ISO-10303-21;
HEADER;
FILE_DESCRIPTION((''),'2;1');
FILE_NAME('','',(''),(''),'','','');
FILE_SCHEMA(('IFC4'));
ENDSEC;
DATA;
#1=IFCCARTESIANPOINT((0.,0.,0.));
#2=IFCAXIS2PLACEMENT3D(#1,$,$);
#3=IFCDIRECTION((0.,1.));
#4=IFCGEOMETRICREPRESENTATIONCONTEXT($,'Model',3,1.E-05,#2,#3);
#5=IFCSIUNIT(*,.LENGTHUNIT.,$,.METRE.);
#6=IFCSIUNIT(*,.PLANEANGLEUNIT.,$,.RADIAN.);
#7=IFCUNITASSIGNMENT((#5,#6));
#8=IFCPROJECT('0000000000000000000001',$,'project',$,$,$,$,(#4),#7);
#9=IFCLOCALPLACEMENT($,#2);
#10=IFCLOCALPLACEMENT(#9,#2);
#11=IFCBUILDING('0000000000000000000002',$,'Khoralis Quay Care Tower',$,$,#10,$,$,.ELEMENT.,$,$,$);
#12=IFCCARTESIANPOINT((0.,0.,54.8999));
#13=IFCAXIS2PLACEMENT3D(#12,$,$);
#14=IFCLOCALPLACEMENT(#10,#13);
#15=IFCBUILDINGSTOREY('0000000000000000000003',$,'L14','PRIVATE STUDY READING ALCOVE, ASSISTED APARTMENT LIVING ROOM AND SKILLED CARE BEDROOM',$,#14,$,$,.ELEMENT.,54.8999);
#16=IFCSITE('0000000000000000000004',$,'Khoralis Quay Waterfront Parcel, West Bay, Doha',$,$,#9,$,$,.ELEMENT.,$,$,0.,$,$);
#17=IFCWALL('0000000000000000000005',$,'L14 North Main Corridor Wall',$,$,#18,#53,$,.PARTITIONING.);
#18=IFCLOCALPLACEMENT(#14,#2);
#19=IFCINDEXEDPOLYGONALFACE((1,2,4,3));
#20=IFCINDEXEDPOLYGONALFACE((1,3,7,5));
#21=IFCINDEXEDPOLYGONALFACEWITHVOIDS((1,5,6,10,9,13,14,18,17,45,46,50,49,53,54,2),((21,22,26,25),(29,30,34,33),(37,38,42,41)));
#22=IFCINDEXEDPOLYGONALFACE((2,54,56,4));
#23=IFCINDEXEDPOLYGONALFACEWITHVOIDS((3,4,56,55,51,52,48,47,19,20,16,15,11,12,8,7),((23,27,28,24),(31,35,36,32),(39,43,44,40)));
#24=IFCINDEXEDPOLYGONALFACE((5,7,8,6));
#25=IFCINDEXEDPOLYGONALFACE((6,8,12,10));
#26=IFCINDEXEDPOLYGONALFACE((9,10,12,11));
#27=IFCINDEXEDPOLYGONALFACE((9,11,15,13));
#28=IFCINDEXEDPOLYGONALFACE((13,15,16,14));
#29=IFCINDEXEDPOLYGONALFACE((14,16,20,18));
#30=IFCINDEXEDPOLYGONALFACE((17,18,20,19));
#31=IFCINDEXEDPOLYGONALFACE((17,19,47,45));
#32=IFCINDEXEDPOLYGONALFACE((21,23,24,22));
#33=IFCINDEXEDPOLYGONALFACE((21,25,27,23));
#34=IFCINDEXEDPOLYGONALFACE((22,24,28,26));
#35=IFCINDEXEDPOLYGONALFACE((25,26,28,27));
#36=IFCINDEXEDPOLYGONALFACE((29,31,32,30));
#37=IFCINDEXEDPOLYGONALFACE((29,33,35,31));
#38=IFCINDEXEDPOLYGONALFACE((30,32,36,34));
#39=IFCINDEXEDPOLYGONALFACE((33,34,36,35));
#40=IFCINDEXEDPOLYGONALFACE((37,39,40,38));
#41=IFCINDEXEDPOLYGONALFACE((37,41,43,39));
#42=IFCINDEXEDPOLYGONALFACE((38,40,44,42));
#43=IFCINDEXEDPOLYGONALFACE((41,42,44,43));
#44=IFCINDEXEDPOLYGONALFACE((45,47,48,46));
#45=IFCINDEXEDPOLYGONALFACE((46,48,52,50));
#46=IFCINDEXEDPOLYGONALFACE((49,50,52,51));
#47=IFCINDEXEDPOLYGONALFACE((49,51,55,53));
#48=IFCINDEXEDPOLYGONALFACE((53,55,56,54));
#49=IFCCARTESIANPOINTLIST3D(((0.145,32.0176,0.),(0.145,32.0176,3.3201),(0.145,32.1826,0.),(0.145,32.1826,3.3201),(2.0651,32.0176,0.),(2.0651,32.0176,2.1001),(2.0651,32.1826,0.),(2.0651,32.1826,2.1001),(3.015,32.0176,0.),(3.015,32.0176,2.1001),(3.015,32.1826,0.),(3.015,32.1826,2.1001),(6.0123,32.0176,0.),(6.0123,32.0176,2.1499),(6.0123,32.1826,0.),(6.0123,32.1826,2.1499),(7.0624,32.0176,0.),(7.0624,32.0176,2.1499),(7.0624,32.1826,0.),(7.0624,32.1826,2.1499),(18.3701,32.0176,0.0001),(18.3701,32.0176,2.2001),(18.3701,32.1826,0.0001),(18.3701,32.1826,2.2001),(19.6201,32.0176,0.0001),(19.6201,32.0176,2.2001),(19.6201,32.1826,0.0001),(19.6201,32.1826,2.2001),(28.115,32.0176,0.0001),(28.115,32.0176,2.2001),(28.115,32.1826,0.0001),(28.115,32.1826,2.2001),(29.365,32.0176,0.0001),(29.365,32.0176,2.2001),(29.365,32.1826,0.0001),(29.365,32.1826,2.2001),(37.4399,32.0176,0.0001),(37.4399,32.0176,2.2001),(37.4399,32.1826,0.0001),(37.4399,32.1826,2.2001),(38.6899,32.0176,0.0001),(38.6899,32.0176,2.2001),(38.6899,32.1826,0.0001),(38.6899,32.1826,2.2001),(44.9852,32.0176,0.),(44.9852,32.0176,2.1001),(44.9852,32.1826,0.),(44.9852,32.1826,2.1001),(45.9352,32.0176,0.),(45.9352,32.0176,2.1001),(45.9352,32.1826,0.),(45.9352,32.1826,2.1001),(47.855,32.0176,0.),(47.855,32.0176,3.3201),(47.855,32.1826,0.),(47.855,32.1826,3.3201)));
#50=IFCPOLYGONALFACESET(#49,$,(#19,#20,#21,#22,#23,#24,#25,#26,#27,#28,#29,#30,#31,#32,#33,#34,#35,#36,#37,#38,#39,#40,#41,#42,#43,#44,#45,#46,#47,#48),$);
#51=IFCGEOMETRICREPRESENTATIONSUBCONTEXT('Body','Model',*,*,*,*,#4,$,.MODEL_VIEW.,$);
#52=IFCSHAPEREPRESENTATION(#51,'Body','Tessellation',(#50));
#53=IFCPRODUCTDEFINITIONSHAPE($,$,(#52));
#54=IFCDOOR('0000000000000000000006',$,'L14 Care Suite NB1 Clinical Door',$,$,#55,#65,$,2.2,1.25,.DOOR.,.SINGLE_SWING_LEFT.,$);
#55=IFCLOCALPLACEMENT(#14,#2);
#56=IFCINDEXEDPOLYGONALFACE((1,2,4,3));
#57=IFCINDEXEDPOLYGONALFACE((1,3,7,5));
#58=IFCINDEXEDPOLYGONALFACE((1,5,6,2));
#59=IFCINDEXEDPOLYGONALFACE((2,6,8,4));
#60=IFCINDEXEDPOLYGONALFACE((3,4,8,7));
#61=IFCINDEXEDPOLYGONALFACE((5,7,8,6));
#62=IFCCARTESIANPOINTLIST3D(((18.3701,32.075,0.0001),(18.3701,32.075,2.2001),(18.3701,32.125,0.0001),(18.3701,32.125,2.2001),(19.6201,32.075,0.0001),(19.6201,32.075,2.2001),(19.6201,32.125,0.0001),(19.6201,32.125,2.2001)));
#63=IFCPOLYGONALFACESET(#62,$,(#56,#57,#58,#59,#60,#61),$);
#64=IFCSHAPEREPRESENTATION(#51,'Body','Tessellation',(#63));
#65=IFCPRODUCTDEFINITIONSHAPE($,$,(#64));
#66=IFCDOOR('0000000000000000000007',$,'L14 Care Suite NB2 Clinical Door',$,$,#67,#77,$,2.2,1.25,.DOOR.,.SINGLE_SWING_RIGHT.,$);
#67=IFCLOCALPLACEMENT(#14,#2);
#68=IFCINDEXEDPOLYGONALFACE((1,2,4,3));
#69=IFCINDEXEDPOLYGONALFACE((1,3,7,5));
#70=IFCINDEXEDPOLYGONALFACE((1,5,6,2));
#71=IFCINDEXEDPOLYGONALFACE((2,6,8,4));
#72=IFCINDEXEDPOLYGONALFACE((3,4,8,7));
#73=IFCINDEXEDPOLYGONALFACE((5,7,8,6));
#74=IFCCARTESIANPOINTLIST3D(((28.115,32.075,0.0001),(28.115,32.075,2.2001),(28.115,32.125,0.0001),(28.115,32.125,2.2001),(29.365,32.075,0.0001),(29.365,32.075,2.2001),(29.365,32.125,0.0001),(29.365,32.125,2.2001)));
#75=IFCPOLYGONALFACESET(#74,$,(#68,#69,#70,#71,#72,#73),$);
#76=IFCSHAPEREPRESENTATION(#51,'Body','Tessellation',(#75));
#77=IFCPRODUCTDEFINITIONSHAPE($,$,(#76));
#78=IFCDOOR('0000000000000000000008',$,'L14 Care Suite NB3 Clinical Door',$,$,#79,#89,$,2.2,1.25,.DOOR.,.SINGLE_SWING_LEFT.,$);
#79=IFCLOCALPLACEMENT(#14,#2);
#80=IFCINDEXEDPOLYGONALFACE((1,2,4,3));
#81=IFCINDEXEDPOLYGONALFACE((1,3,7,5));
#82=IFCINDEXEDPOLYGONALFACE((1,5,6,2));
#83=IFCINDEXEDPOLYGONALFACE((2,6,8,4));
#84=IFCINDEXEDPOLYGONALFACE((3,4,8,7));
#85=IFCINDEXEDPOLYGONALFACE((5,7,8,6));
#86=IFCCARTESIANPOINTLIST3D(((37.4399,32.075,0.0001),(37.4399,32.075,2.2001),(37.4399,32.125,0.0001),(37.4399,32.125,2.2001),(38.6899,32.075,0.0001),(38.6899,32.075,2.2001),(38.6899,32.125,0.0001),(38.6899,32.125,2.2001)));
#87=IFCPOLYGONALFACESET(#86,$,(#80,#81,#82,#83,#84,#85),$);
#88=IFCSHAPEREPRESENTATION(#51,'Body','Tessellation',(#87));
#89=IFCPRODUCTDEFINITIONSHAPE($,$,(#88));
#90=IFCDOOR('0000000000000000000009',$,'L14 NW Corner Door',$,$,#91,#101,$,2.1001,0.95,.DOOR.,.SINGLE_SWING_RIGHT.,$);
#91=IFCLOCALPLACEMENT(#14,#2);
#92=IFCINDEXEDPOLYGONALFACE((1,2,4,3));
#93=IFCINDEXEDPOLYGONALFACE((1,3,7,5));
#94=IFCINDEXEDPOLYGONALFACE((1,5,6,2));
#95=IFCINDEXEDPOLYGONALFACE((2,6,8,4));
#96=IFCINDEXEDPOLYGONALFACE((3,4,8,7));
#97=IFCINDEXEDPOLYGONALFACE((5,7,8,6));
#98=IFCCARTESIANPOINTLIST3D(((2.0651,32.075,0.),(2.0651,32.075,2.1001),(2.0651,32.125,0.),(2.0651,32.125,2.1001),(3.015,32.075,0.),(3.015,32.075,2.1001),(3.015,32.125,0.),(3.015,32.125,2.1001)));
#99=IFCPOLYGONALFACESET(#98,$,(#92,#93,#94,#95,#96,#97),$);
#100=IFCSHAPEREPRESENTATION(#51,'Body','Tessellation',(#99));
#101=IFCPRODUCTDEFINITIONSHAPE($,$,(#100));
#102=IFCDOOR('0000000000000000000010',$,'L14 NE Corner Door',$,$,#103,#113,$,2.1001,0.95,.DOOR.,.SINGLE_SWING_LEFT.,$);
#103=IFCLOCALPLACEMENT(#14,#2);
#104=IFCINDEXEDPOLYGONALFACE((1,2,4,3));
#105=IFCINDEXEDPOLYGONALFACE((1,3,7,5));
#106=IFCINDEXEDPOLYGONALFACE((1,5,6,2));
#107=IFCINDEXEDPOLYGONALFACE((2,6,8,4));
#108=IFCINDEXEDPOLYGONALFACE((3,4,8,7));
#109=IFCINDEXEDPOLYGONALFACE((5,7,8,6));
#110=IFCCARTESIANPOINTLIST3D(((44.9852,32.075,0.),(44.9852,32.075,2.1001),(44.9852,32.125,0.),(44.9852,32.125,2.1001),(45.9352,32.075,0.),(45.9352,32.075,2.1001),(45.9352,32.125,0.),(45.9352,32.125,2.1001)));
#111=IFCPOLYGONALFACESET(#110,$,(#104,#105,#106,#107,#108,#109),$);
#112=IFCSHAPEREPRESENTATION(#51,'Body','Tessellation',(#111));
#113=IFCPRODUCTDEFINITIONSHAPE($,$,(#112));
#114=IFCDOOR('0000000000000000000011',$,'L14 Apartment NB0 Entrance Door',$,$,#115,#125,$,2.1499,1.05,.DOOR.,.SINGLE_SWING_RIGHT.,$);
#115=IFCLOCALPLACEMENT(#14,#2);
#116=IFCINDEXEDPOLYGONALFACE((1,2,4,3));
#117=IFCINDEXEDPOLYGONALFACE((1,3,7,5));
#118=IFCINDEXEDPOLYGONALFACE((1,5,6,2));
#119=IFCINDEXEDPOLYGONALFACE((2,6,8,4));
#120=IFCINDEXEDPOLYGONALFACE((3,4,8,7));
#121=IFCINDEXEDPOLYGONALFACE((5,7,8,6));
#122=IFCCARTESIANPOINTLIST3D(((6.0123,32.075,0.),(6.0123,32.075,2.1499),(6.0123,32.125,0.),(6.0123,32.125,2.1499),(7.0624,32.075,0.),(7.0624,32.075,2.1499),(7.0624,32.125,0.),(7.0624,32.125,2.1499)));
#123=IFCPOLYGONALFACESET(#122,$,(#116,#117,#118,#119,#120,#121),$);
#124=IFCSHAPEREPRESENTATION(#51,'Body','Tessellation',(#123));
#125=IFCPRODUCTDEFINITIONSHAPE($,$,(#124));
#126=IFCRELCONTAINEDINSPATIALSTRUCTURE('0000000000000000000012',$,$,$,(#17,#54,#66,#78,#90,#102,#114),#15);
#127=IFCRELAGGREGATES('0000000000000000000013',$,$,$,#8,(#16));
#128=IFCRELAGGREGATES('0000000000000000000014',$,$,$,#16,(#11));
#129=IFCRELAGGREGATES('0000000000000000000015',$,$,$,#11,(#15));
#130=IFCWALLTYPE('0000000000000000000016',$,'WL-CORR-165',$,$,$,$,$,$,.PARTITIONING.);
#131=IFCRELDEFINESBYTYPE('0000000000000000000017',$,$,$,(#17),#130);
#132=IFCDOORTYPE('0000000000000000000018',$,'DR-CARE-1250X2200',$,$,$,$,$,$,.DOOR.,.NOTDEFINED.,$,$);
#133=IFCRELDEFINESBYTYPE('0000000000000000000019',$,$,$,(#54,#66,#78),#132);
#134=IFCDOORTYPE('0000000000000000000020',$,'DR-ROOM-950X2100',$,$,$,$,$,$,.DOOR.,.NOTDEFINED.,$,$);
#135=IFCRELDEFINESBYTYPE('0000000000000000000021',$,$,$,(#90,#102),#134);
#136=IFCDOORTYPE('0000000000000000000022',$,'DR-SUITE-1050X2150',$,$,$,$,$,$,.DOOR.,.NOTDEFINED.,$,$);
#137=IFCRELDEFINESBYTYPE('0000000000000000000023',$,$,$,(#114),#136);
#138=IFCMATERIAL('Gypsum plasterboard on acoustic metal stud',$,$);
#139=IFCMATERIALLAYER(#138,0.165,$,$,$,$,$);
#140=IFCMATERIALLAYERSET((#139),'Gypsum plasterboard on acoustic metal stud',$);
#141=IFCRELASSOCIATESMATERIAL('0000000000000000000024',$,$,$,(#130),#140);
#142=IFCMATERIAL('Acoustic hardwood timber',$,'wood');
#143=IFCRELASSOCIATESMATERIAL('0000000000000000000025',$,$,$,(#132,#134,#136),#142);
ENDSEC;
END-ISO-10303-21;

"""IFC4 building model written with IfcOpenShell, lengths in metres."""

from ifc_helpers import new_model, si_unit, direction, frame, frame_2d, origin, place, context, subcontext, project, spatial, rectangle, extrude, source, transform, mapped, material, layer, layer_set, type_object, element, fill, save


model = new_model("IFC4")

# Units and contexts
model_context = context("Model", 3, precision=1e-05, world=origin(), true_north=direction((0.0, 1.0)))
body_context = subcontext(model_context, "Body", "Model", "MODEL_VIEW")
ifc_project = project(units=[si_unit("LENGTHUNIT", "METRE"), si_unit("PLANEANGLEUNIT", "RADIAN")], contexts=[model_context])

# Site, building, storey
site_placement = place(None, origin())
site = spatial("IfcSite", under=ifc_project, at=site_placement, Name="Khoralis Quay Waterfront Parcel, West Bay, Doha", CompositionType="ELEMENT", RefElevation=0.0)
building_placement = place(site_placement, origin())
building = spatial("IfcBuilding", under=site, at=building_placement, Name="Khoralis Quay Care Tower", CompositionType="ELEMENT")
storey_placement = place(building_placement, frame((0.0, 0.0, 54.8999)))
storey = spatial("IfcBuildingStorey", under=building, at=storey_placement, Name="L14", Description="PRIVATE STUDY READING ALCOVE, ASSISTED APARTMENT LIVING ROOM AND SKILLED CARE BEDROOM", CompositionType="ELEMENT", Elevation=54.8999)

# Wall, openings, doors
ifc_material_1 = material(Name="Gypsum plasterboard on acoustic metal stud")
ifc_layer_1 = layer(ifc_material_1, 0.165)
ifc_layer_set_1 = layer_set([ifc_layer_1], Name="Gypsum plasterboard on acoustic metal stud")
wall_type_1 = type_object("IfcWallType", Name="WL-CORR-165", PredefinedType="PARTITIONING", material=ifc_layer_set_1)
wall_1_placement = place(storey_placement, frame((0.145, 32.1001, 0.0), z_axis=(0.0, 0.0, 1.0), x_axis=(1.0, 0.0, 0.0)))
wall_1 = element("IfcWall", 1, at=wall_1_placement, inside=storey, type_object=wall_type_1, Name="L14 North Main Corridor Wall", PredefinedType="PARTITIONING", context=body_context, shape_type="SweptSolid", body=[
    extrude(rectangle(XDim=47.71, YDim=0.165, at=frame_2d((23.855, 0.0))), origin(), (0.0, 0.0, 1.0), 3.3201),
])
opening_1_placement = place(wall_1_placement, frame((5.8674, 0.0, 0.0)))
opening_1 = element("IfcOpeningElement", 2, at=opening_1_placement, cuts=wall_1, PredefinedType="OPENING", context=body_context, shape_type="SweptSolid", body=[
    extrude(rectangle(XDim=1.05, YDim=2.1499, at=frame_2d((0.5249, 1.075))), frame((0.0, 0.0925, 0.0), z_axis=(0.0, -1.0, 0.0), x_axis=(1.0, 0.0, 0.0)), (0.0, 0.0, 1.0), 0.1851),
])
opening_2_placement = place(wall_1_placement, frame((18.2251, 0.0, 0.0)))
opening_2 = element("IfcOpeningElement", 3, at=opening_2_placement, cuts=wall_1, PredefinedType="OPENING", context=body_context, shape_type="SweptSolid", body=[
    extrude(rectangle(XDim=1.25, YDim=2.2, at=frame_2d((0.625, 1.1001))), frame((0.0, 0.0925, 0.0), z_axis=(0.0, -1.0, 0.0), x_axis=(1.0, 0.0, 0.0)), (0.0, 0.0, 1.0), 0.1851),
])
opening_3_placement = place(wall_1_placement, frame((27.97, 0.0, 0.0)))
opening_3 = element("IfcOpeningElement", 4, at=opening_3_placement, cuts=wall_1, PredefinedType="OPENING", context=body_context, shape_type="SweptSolid", body=[
    extrude(rectangle(XDim=1.25, YDim=2.2, at=frame_2d((0.625, 1.1001))), frame((0.0, 0.0925, 0.0), z_axis=(0.0, -1.0, 0.0), x_axis=(1.0, 0.0, 0.0)), (0.0, 0.0, 1.0), 0.1851),
])
opening_4_placement = place(wall_1_placement, frame((37.2949, 0.0, 0.0)))
opening_4 = element("IfcOpeningElement", 5, at=opening_4_placement, cuts=wall_1, PredefinedType="OPENING", context=body_context, shape_type="SweptSolid", body=[
    extrude(rectangle(XDim=1.25, YDim=2.2, at=frame_2d((0.625, 1.1001))), frame((0.0, 0.0925, 0.0), z_axis=(0.0, -1.0, 0.0), x_axis=(1.0, 0.0, 0.0)), (0.0, 0.0, 1.0), 0.1851),
])
opening_5_placement = place(wall_1_placement, frame((1.9199, 0.0, 0.0)))
opening_5 = element("IfcOpeningElement", 6, at=opening_5_placement, cuts=wall_1, PredefinedType="OPENING", context=body_context, shape_type="SweptSolid", body=[
    extrude(rectangle(XDim=0.95, YDim=2.1001, at=frame_2d((0.4751, 1.05))), frame((0.0, 0.0925, 0.0), z_axis=(0.0, -1.0, 0.0), x_axis=(1.0, 0.0, 0.0)), (0.0, 0.0, 1.0), 0.1851),
])
opening_6_placement = place(wall_1_placement, frame((44.8401, 0.0, 0.0)))
opening_6 = element("IfcOpeningElement", 7, at=opening_6_placement, cuts=wall_1, PredefinedType="OPENING", context=body_context, shape_type="SweptSolid", body=[
    extrude(rectangle(XDim=0.95, YDim=2.1001, at=frame_2d((0.4751, 1.05))), frame((0.0, 0.0925, 0.0), z_axis=(0.0, -1.0, 0.0), x_axis=(1.0, 0.0, 0.0)), (0.0, 0.0, 1.0), 0.1851),
])
ifc_material_2 = material(Name="Acoustic hardwood timber", Category="wood")
door_type_1 = type_object("IfcDoorType", Name="DR-CARE-1250X2200", OperationType="NOTDEFINED", PredefinedType="DOOR", material=ifc_material_2)
shared_shape_1 = source(origin(), body_context, "Body", "SweptSolid", [
    extrude(rectangle(XDim=1.25, YDim=2.2, at=frame_2d((0.625, 1.1001))), frame((0.0, 0.0249, 0.0), z_axis=(0.0, -1.0, 0.0), x_axis=(1.0, 0.0, 0.0)), (0.0, 0.0, 1.0), 0.05),
])
door_1_placement = place(opening_2_placement, origin())
door_1 = element("IfcDoor", 8, at=door_1_placement, inside=storey, type_object=door_type_1, Name="L14 Care Suite NB1 Clinical Door", OperationType="SINGLE_SWING_LEFT", OverallHeight=2.2, OverallWidth=1.25, PredefinedType="DOOR", context=body_context, shape_type="MappedRepresentation", body=[
    mapped(shared_shape_1, transform((0.0, 0.0, 0.0), scale=1.0)),
])
fill(opening_2, door_1)
door_2_placement = place(opening_3_placement, origin())
door_2 = element("IfcDoor", 9, at=door_2_placement, inside=storey, type_object=door_type_1, Name="L14 Care Suite NB2 Clinical Door", OperationType="SINGLE_SWING_RIGHT", OverallHeight=2.2, OverallWidth=1.25, PredefinedType="DOOR", context=body_context, shape_type="MappedRepresentation", body=[
    mapped(shared_shape_1, transform((0.0, 0.0, 0.0), scale=1.0)),
])
fill(opening_3, door_2)
door_3_placement = place(opening_4_placement, origin())
door_3 = element("IfcDoor", 10, at=door_3_placement, inside=storey, type_object=door_type_1, Name="L14 Care Suite NB3 Clinical Door", OperationType="SINGLE_SWING_LEFT", OverallHeight=2.2, OverallWidth=1.25, PredefinedType="DOOR", context=body_context, shape_type="MappedRepresentation", body=[
    mapped(shared_shape_1, transform((0.0, 0.0, 0.0), scale=1.0)),
])
fill(opening_4, door_3)
door_type_2 = type_object("IfcDoorType", Name="DR-ROOM-950X2100", OperationType="NOTDEFINED", PredefinedType="DOOR", material=ifc_material_2)
shared_shape_2 = source(origin(), body_context, "Body", "SweptSolid", [
    extrude(rectangle(XDim=0.95, YDim=2.1001, at=frame_2d((0.4751, 1.05))), frame((0.0, 0.0249, 0.0), z_axis=(0.0, -1.0, 0.0), x_axis=(1.0, 0.0, 0.0)), (0.0, 0.0, 1.0), 0.05),
])
door_4_placement = place(opening_5_placement, origin())
door_4 = element("IfcDoor", 11, at=door_4_placement, inside=storey, type_object=door_type_2, Name="L14 NW Corner Door", OperationType="SINGLE_SWING_RIGHT", OverallHeight=2.1001, OverallWidth=0.95, PredefinedType="DOOR", context=body_context, shape_type="MappedRepresentation", body=[
    mapped(shared_shape_2, transform((0.0, 0.0, 0.0), scale=1.0)),
])
fill(opening_5, door_4)
door_5_placement = place(opening_6_placement, origin())
door_5 = element("IfcDoor", 12, at=door_5_placement, inside=storey, type_object=door_type_2, Name="L14 NE Corner Door", OperationType="SINGLE_SWING_LEFT", OverallHeight=2.1001, OverallWidth=0.95, PredefinedType="DOOR", context=body_context, shape_type="MappedRepresentation", body=[
    mapped(shared_shape_2, transform((0.0, 0.0, 0.0), scale=1.0)),
])
fill(opening_6, door_5)
door_type_3 = type_object("IfcDoorType", Name="DR-SUITE-1050X2150", OperationType="NOTDEFINED", PredefinedType="DOOR", material=ifc_material_2)
shared_shape_3 = source(origin(), body_context, "Body", "SweptSolid", [
    extrude(rectangle(XDim=1.05, YDim=2.1499, at=frame_2d((0.5249, 1.075))), frame((0.0, 0.0249, 0.0), z_axis=(0.0, -1.0, 0.0), x_axis=(1.0, 0.0, 0.0)), (0.0, 0.0, 1.0), 0.05),
])
door_6_placement = place(opening_1_placement, origin())
door_6 = element("IfcDoor", 13, at=door_6_placement, inside=storey, type_object=door_type_3, Name="L14 Apartment NB0 Entrance Door", OperationType="SINGLE_SWING_RIGHT", OverallHeight=2.1499, OverallWidth=1.05, PredefinedType="DOOR", context=body_context, shape_type="MappedRepresentation", body=[
    mapped(shared_shape_3, transform((0.0, 0.0, 0.0), scale=1.0)),
])
fill(opening_1, door_6)

save(model, "model.ifc")
